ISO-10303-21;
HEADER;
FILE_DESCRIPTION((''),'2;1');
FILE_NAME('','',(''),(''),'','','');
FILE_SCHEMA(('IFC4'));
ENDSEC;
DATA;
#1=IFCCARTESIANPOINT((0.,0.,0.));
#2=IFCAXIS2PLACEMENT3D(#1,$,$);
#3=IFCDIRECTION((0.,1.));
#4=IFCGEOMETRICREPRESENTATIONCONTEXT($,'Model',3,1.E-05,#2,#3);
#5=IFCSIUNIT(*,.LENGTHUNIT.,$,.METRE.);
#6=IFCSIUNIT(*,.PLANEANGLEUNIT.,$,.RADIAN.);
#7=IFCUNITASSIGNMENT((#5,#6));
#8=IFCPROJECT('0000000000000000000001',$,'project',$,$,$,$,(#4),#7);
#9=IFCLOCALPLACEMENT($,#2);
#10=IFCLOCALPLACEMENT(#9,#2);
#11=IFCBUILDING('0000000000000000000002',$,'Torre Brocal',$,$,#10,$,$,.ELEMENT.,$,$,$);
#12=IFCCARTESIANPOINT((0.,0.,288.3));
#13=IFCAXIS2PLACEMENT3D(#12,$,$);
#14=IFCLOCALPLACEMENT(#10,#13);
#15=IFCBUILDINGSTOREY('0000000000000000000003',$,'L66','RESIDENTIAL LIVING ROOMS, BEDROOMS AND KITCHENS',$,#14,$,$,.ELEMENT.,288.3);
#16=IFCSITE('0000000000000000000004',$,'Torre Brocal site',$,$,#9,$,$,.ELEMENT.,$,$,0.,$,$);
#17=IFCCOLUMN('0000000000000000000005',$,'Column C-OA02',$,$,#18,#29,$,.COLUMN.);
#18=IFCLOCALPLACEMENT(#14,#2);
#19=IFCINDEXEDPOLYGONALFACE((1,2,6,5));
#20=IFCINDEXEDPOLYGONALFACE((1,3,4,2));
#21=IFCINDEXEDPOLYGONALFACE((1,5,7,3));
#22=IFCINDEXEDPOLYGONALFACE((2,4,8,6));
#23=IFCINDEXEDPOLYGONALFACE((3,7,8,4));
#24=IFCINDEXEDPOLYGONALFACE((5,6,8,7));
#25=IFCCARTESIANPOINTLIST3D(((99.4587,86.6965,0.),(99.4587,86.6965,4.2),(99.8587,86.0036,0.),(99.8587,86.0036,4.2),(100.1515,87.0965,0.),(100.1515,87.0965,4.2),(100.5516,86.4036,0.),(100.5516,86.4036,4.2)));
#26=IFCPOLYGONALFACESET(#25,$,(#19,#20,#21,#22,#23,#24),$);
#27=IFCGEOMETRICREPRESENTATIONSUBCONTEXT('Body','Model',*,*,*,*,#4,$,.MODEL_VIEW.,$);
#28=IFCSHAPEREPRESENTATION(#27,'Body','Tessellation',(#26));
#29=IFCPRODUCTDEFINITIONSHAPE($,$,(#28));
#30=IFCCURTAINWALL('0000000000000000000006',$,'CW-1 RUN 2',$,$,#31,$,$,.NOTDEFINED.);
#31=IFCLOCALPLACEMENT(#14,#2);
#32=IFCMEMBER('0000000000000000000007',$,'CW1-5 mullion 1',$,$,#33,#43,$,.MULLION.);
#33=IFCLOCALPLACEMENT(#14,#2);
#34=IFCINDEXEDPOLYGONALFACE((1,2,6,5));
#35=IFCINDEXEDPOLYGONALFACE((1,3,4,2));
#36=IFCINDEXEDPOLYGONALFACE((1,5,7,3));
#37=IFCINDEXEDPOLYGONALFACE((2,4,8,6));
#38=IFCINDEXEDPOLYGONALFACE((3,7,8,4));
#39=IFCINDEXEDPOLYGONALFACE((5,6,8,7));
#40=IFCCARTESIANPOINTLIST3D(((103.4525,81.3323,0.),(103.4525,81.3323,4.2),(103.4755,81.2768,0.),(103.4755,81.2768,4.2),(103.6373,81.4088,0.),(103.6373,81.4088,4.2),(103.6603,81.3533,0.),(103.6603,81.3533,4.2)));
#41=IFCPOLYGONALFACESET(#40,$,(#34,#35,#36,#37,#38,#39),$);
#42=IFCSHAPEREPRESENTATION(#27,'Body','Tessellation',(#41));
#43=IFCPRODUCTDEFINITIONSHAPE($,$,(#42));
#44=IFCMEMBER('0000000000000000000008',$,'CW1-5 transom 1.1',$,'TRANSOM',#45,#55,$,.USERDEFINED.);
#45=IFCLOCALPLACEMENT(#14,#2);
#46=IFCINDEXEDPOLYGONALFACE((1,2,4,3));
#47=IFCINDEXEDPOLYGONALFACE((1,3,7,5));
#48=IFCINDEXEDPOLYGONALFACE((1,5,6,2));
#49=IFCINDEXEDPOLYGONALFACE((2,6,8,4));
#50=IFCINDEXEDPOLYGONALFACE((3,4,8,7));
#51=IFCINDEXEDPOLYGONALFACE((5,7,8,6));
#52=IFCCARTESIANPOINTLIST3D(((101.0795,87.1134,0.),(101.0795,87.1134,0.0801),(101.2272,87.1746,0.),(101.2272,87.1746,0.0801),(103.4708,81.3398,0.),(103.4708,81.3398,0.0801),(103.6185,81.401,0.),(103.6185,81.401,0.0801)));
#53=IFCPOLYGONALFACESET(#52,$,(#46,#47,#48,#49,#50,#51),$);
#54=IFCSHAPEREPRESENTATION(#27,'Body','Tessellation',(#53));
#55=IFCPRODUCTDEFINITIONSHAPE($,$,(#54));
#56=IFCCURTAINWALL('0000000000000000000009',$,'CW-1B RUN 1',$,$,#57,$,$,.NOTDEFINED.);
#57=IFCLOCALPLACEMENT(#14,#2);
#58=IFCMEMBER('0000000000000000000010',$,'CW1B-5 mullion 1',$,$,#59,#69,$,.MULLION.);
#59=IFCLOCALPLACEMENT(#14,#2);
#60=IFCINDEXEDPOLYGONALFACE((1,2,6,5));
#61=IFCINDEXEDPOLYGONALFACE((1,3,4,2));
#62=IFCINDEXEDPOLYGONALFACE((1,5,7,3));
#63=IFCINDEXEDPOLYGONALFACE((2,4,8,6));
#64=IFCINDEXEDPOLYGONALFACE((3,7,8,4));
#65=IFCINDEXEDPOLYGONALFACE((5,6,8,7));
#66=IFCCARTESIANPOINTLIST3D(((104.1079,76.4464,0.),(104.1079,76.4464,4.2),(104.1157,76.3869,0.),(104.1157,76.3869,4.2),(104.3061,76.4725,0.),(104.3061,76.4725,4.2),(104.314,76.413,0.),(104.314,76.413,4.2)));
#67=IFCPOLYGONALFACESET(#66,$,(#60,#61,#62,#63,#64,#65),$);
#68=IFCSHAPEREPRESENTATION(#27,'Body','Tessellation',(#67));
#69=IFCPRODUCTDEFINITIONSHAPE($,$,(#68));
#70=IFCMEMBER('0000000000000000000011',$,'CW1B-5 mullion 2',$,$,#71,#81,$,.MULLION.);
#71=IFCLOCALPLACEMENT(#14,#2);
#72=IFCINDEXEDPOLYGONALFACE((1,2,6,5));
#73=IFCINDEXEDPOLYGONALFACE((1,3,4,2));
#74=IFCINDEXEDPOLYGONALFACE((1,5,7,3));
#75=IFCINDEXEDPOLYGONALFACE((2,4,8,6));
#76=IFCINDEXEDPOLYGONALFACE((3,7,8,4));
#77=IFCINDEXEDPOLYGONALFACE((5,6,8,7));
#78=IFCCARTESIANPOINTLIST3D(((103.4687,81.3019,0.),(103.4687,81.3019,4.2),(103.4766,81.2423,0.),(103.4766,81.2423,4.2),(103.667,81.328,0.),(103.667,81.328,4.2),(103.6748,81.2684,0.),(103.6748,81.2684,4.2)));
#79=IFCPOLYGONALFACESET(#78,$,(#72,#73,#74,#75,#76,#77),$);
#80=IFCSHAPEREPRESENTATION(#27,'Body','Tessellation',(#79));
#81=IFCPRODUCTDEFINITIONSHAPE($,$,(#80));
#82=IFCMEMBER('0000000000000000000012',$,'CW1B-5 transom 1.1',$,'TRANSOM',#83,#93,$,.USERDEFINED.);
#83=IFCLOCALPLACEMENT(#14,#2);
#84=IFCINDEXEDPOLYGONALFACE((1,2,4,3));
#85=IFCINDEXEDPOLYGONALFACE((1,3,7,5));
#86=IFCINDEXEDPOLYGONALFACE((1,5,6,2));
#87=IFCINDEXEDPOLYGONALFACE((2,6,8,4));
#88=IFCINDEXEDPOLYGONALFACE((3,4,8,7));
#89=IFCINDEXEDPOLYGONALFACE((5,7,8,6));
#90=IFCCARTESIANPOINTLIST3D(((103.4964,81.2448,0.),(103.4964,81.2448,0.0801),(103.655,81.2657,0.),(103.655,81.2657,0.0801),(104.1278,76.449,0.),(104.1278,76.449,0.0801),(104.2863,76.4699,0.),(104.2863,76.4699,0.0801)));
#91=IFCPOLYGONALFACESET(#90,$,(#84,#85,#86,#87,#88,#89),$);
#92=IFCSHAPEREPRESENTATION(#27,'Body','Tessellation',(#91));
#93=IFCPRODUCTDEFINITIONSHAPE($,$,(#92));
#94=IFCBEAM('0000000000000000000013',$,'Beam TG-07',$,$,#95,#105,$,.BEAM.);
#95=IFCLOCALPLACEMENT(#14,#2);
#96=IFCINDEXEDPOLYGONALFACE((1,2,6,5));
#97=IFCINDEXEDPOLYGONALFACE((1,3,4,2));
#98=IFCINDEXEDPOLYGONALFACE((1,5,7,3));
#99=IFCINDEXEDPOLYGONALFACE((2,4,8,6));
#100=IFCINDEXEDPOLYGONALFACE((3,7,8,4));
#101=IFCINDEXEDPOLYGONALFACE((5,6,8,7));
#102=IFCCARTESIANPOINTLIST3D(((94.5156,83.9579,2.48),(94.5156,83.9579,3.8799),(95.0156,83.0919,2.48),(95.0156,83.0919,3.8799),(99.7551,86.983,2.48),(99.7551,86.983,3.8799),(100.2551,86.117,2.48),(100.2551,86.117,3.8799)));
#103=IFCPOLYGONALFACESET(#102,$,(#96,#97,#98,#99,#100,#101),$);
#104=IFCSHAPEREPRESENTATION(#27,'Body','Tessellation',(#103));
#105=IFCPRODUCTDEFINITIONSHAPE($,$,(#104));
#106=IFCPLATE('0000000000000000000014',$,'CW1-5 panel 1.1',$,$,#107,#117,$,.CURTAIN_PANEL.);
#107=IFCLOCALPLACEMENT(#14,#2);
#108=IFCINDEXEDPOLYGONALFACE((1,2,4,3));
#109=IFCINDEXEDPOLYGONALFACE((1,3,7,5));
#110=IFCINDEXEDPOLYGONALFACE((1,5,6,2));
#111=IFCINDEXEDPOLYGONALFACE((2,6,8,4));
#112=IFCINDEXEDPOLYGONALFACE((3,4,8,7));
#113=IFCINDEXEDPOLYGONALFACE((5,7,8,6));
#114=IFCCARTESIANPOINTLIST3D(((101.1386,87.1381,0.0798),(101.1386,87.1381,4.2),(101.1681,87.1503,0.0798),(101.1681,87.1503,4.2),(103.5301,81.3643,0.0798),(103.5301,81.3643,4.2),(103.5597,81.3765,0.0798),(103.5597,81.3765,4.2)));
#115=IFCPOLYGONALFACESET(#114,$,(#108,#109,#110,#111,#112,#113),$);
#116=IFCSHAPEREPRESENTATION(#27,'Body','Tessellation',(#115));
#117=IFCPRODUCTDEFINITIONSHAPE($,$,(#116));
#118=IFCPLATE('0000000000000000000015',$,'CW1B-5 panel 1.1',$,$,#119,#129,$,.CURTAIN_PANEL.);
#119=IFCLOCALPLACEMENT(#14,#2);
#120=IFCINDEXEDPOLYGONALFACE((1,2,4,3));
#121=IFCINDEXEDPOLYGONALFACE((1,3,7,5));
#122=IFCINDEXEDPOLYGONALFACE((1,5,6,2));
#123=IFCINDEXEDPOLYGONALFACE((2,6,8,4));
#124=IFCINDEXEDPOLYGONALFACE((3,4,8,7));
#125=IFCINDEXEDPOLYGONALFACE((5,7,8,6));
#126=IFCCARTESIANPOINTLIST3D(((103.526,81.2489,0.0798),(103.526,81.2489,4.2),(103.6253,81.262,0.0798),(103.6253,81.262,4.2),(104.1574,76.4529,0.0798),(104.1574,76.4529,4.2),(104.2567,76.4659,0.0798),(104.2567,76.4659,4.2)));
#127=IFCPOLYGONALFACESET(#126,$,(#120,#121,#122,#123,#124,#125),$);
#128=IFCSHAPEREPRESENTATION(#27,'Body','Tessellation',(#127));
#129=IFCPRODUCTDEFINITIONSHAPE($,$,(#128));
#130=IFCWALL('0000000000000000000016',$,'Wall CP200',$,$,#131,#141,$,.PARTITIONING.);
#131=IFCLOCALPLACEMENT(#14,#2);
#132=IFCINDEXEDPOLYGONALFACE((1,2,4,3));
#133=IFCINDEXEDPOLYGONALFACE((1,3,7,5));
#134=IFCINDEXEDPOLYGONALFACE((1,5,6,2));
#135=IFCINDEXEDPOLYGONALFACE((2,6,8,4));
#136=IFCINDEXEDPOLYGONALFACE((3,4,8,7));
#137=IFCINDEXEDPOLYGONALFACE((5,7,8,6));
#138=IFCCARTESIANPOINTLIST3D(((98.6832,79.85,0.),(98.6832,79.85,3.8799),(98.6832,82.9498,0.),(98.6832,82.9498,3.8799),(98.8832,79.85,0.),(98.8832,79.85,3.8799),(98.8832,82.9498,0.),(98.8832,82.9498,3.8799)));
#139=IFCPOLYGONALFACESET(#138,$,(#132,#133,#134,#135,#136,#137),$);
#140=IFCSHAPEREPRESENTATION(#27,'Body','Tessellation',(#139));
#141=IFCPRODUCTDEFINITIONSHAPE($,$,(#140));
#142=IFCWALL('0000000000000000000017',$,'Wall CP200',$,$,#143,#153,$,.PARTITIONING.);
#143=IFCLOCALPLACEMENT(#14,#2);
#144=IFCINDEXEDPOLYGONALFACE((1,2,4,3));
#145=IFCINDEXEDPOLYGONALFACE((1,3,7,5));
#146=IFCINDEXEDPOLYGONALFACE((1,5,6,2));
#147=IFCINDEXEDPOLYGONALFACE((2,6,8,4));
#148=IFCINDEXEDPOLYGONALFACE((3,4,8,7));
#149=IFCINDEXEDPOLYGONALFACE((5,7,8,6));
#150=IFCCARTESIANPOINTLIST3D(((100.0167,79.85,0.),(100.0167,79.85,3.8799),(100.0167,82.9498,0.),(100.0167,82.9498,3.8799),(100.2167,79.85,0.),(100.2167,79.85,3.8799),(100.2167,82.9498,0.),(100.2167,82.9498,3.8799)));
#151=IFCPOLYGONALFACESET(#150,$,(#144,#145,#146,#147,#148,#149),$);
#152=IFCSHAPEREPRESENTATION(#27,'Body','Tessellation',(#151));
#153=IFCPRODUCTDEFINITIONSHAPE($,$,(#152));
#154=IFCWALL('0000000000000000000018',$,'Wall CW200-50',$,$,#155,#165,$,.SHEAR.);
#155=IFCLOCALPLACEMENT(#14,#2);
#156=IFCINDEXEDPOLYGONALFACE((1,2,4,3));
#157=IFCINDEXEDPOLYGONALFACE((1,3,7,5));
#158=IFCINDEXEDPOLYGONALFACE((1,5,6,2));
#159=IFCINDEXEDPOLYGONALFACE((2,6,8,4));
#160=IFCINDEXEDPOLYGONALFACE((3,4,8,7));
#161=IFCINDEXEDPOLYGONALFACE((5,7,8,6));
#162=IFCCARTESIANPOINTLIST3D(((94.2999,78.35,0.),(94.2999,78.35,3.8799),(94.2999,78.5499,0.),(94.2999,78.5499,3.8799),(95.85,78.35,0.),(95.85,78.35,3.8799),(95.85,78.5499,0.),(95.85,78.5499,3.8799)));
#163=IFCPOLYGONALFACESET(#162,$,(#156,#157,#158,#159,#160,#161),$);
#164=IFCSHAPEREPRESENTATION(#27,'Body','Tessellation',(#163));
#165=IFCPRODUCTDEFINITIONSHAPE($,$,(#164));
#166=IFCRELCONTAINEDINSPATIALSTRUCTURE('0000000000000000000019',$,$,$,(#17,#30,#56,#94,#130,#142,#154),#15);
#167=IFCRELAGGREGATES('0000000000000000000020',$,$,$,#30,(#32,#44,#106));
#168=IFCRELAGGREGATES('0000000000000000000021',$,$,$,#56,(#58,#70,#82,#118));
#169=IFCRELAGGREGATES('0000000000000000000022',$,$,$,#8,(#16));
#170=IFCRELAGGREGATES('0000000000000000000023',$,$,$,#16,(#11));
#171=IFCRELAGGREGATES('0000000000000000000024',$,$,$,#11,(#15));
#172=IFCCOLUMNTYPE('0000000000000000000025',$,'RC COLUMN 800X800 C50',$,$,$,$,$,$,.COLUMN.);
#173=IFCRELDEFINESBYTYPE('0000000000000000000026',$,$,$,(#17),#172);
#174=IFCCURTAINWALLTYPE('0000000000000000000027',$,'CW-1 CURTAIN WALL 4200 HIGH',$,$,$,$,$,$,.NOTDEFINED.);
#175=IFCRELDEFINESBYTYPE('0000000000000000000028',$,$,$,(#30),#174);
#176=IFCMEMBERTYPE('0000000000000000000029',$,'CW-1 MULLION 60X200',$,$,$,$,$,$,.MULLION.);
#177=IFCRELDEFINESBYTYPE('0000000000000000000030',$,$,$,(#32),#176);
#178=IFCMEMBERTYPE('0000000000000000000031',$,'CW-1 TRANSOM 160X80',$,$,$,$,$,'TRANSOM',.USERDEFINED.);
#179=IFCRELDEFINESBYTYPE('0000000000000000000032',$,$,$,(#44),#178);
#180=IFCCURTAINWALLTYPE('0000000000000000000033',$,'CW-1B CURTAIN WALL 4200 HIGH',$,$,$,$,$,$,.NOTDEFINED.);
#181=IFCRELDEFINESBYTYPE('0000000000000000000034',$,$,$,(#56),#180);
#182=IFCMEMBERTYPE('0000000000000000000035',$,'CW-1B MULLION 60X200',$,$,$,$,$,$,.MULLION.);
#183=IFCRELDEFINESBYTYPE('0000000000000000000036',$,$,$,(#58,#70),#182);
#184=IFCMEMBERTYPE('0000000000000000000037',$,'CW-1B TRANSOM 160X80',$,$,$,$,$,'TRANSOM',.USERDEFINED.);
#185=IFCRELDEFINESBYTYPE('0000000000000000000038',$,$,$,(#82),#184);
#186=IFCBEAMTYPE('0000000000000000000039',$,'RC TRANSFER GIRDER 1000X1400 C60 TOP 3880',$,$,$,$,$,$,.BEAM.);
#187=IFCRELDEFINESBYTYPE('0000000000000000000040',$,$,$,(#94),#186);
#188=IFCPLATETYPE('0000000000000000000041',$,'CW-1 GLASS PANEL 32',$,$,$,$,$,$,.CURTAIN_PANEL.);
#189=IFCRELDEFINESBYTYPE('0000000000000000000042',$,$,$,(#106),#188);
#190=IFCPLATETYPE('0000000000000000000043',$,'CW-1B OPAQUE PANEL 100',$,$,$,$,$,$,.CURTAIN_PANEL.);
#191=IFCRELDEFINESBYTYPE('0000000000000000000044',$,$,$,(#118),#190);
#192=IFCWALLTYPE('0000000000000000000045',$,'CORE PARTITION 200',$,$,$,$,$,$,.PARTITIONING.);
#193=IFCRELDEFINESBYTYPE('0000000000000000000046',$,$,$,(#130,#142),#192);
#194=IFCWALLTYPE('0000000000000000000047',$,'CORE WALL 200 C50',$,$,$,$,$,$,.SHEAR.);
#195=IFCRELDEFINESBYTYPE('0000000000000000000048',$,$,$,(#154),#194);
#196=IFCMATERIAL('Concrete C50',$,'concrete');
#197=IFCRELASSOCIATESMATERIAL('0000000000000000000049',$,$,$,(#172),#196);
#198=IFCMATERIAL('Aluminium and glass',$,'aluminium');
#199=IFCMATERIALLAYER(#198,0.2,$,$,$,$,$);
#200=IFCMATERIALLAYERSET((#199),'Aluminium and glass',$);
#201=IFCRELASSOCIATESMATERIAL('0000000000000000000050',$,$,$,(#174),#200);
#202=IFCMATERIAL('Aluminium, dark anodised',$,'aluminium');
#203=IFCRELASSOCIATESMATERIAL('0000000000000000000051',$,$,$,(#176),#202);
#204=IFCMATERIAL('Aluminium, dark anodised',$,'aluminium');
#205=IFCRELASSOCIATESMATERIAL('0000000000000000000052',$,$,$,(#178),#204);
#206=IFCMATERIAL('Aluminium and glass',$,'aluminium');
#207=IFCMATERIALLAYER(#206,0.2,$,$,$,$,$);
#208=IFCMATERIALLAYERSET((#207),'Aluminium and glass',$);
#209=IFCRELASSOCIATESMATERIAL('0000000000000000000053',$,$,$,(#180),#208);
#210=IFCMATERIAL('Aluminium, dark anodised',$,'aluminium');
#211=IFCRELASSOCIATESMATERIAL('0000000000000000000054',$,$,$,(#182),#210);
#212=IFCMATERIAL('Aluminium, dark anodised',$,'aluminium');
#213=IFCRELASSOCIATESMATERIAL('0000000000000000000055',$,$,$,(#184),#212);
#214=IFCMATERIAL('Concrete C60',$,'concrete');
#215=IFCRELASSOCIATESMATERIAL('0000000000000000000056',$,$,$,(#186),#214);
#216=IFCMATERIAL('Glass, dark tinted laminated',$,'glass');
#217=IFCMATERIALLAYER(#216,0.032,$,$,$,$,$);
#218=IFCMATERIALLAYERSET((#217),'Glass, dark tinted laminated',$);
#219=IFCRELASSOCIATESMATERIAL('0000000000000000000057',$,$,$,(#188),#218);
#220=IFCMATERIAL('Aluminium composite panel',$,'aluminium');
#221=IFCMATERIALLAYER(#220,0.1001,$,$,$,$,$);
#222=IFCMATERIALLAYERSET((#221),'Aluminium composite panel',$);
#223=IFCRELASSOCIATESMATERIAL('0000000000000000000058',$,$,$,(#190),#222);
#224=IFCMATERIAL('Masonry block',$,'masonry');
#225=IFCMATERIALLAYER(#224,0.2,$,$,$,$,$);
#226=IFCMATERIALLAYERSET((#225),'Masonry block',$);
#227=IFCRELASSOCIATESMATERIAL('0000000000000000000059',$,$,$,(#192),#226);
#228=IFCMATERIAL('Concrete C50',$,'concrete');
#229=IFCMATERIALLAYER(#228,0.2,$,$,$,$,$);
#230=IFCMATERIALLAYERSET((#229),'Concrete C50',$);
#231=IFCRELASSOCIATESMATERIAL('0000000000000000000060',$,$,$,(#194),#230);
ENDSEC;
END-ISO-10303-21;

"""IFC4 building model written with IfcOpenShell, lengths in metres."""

from ifc_helpers import new_model, si_unit, direction, frame, frame_2d, origin, origin_2d, place, context, subcontext, project, spatial, rectangle, extrude, material, layer, layer_set, material_profile, profile_set, type_object, element, aggregate, save


model = new_model("IFC4")

# Units and contexts
model_context = context("Model", 3, precision=1e-05, world=origin(), true_north=direction((0.0, 1.0)))
body_context = subcontext(model_context, "Body", "Model", "MODEL_VIEW")
ifc_project = project(units=[si_unit("LENGTHUNIT", "METRE"), si_unit("PLANEANGLEUNIT", "RADIAN")], contexts=[model_context])

# Site, building, storey
site_placement = place(None, origin())
site = spatial("IfcSite", under=ifc_project, at=site_placement, Name="Torre Brocal site", CompositionType="ELEMENT", RefElevation=0.0)
building_placement = place(site_placement, origin())
building = spatial("IfcBuilding", under=site, at=building_placement, Name="Torre Brocal", CompositionType="ELEMENT")
storey_placement = place(building_placement, frame((0.0, 0.0, 288.3)))
storey = spatial("IfcBuildingStorey", under=building, at=storey_placement, Name="L66", Description="RESIDENTIAL LIVING ROOMS, BEDROOMS AND KITCHENS", CompositionType="ELEMENT", Elevation=288.3)

# Column
ifc_material_1 = material(Name="Concrete C50", Category="concrete")
ifc_material_profile_1 = material_profile(ifc_material_1, rectangle(XDim=0.8, YDim=0.8, at=origin_2d()), Name="RC 800X800")
ifc_profile_set_1 = profile_set([ifc_material_profile_1], Name="Concrete C50")
column_type = type_object("IfcColumnType", Name="RC COLUMN 800X800 C50", PredefinedType="COLUMN", material=ifc_profile_set_1)
column_placement = place(storey_placement, frame((100.0051, 86.55, 0.0), z_axis=(0.0, 0.0, 1.0), x_axis=(0.866025, 0.5, 0.0)))
element("IfcColumn", 1, at=column_placement, inside=storey, type_object=column_type, Name="Column C-OA02", PredefinedType="COLUMN", context=body_context, shape_type="SweptSolid", body=[
    extrude(rectangle(XDim=0.8, YDim=0.8, at=origin_2d()), origin(), (0.0, 0.0, 1.0), 4.2),
])

# Curtain walls, members
ifc_material_2 = material(Name="Aluminium and glass", Category="aluminium")
ifc_layer_1 = layer(ifc_material_2, 0.2)
ifc_layer_set_1 = layer_set([ifc_layer_1], Name="Aluminium and glass")
curtain_wall_type_1 = type_object("IfcCurtainWallType", Name="CW-1 CURTAIN WALL 4200 HIGH", PredefinedType="NOTDEFINED", material=ifc_layer_set_1)
curtain_wall_1_placement = place(storey_placement, origin())
curtain_wall_1 = element("IfcCurtainWall", 2, at=curtain_wall_1_placement, inside=storey, type_object=curtain_wall_type_1, Name="CW-1 RUN 2", PredefinedType="NOTDEFINED")
ifc_material_3 = material(Name="Aluminium, dark anodised", Category="aluminium")
ifc_material_profile_2 = material_profile(ifc_material_3, rectangle(XDim=0.2, YDim=0.0601, at=origin_2d()), Name="CW-1 MULLION 60X200")
ifc_profile_set_2 = profile_set([ifc_material_profile_2], Name="Aluminium, dark anodised")
member_type_1 = type_object("IfcMemberType", Name="CW-1 MULLION 60X200", PredefinedType="MULLION", material=ifc_profile_set_2)
member_1_placement = place(storey_placement, frame((103.5564, 81.3428, 0.0), z_axis=(0.0, 0.0, 1.0), x_axis=(-0.92388, -0.382683, 0.0)))
member_1 = element("IfcMember", 3, at=member_1_placement, type_object=member_type_1, Name="CW1-5 mullion 1", PredefinedType="MULLION", context=body_context, shape_type="SweptSolid", body=[
    extrude(rectangle(XDim=0.2, YDim=0.0601, at=origin_2d()), origin(), (0.0, 0.0, 1.0), 4.2),
])
ifc_material_4 = material(Name="Aluminium, dark anodised", Category="aluminium")
ifc_material_profile_3 = material_profile(ifc_material_4, rectangle(XDim=0.1599, YDim=0.0801, at=origin_2d()), Name="CW-1 TRANSOM 160X80")
ifc_profile_set_3 = profile_set([ifc_material_profile_3], Name="Aluminium, dark anodised")
member_type_2 = type_object("IfcMemberType", Name="CW-1 TRANSOM 160X80", ElementType="TRANSOM", PredefinedType="USERDEFINED", material=ifc_profile_set_3)
member_2_placement = place(storey_placement, frame((103.5447, 81.3704, 0.04), z_axis=(-0.382659, 0.92389, 0.0), x_axis=(-0.92389, -0.382659, 0.0)))
member_2 = element("IfcMember", 4, at=member_2_placement, type_object=member_type_2, Name="CW1-5 transom 1.1", ObjectType="TRANSOM", PredefinedType="USERDEFINED", context=body_context, shape_type="SweptSolid", body=[
    extrude(rectangle(XDim=0.1599, YDim=0.0801, at=origin_2d()), origin(), (0.0, 0.0, 1.0), 6.2493),
])
ifc_material_5 = material(Name="Aluminium and glass", Category="aluminium")
ifc_layer_2 = layer(ifc_material_5, 0.2)
ifc_layer_set_2 = layer_set([ifc_layer_2], Name="Aluminium and glass")
curtain_wall_type_2 = type_object("IfcCurtainWallType", Name="CW-1B CURTAIN WALL 4200 HIGH", PredefinedType="NOTDEFINED", material=ifc_layer_set_2)
curtain_wall_2_placement = place(storey_placement, origin())
curtain_wall_2 = element("IfcCurtainWall", 5, at=curtain_wall_2_placement, inside=storey, type_object=curtain_wall_type_2, Name="CW-1B RUN 1", PredefinedType="NOTDEFINED")
ifc_material_6 = material(Name="Aluminium, dark anodised", Category="aluminium")
ifc_material_profile_4 = material_profile(ifc_material_6, rectangle(XDim=0.2, YDim=0.0601, at=origin_2d()), Name="CW-1B MULLION 60X200")
ifc_profile_set_4 = profile_set([ifc_material_profile_4], Name="Aluminium, dark anodised")
member_type_3 = type_object("IfcMemberType", Name="CW-1B MULLION 60X200", PredefinedType="MULLION", material=ifc_profile_set_4)
member_3_placement = place(storey_placement, frame((104.2109, 76.4297, 0.0), z_axis=(0.0, 0.0, 1.0), x_axis=(-0.991445, -0.130526, 0.0)))
member_3 = element("IfcMember", 6, at=member_3_placement, type_object=member_type_3, Name="CW1B-5 mullion 1", PredefinedType="MULLION", context=body_context, shape_type="SweptSolid", body=[
    extrude(rectangle(XDim=0.2, YDim=0.0601, at=origin_2d()), origin(), (0.0, 0.0, 1.0), 4.2),
])
member_4_placement = place(storey_placement, frame((103.5718, 81.2852, 0.0), z_axis=(0.0, 0.0, 1.0), x_axis=(-0.991445, -0.130526, 0.0)))
member_4 = element("IfcMember", 7, at=member_4_placement, type_object=member_type_3, Name="CW1B-5 mullion 2", PredefinedType="MULLION", context=body_context, shape_type="SweptSolid", body=[
    extrude(rectangle(XDim=0.2, YDim=0.0601, at=origin_2d()), origin(), (0.0, 0.0, 1.0), 4.2),
])
ifc_material_7 = material(Name="Aluminium, dark anodised", Category="aluminium")
ifc_material_profile_5 = material_profile(ifc_material_7, rectangle(XDim=0.1599, YDim=0.0801, at=origin_2d()), Name="CW-1B TRANSOM 160X80")
ifc_profile_set_5 = profile_set([ifc_material_profile_5], Name="Aluminium, dark anodised")
member_type_4 = type_object("IfcMemberType", Name="CW-1B TRANSOM 160X80", ElementType="TRANSOM", PredefinedType="USERDEFINED", material=ifc_profile_set_5)
member_5_placement = place(storey_placement, frame((104.207, 76.4595, 0.04), z_axis=(-0.130517, 0.991446, 0.0), x_axis=(-0.991446, -0.130517, 0.0)))
member_5 = element("IfcMember", 8, at=member_5_placement, type_object=member_type_4, Name="CW1B-5 transom 1.1", ObjectType="TRANSOM", PredefinedType="USERDEFINED", context=body_context, shape_type="SweptSolid", body=[
    extrude(rectangle(XDim=0.1599, YDim=0.0801, at=origin_2d()), origin(), (0.0, 0.0, 1.0), 4.8372),
])

# Beam
ifc_material_8 = material(Name="Concrete C60", Category="concrete")
ifc_material_profile_6 = material_profile(ifc_material_8, rectangle(XDim=1.0, YDim=1.3999, at=origin_2d()), Name="RC 1000X1400")
ifc_profile_set_6 = profile_set([ifc_material_profile_6], Name="Concrete C60")
beam_type = type_object("IfcBeamType", Name="RC TRANSFER GIRDER 1000X1400 C60 TOP 3880", PredefinedType="BEAM", material=ifc_profile_set_6)
beam_placement = place(storey_placement, frame((94.7656, 83.5249, 3.1799), z_axis=(0.866017, 0.500015, 0.0), x_axis=(-0.500015, 0.866017, 0.0)))
element("IfcBeam", 9, at=beam_placement, inside=storey, type_object=beam_type, Name="Beam TG-07", PredefinedType="BEAM", context=body_context, shape_type="SweptSolid", body=[
    extrude(rectangle(XDim=1.0, YDim=1.3999, at=origin_2d()), origin(), (0.0, 0.0, 1.0), 6.05),
])

# Plates
ifc_material_9 = material(Name="Glass, dark tinted laminated", Category="glass")
ifc_layer_3 = layer(ifc_material_9, 0.032)
ifc_layer_set_3 = layer_set([ifc_layer_3], Name="Glass, dark tinted laminated")
plate_type_1 = type_object("IfcPlateType", Name="CW-1 GLASS PANEL 32", PredefinedType="CURTAIN_PANEL", material=ifc_layer_set_3)
plate_1_placement = place(storey_placement, frame((102.3491, 84.2573, 0.0798), z_axis=(0.0, 0.0, 1.0), x_axis=(-0.382683, 0.92388, 0.0)))
plate_1 = element("IfcPlate", 10, at=plate_1_placement, type_object=plate_type_1, Name="CW1-5 panel 1.1", PredefinedType="CURTAIN_PANEL", context=body_context, shape_type="SweptSolid", body=[
    extrude(rectangle(XDim=6.2495, YDim=0.032, at=origin_2d()), origin(), (0.0, 0.0, 1.0), 4.1201),
])
aggregate(curtain_wall_1, [member_1, member_2, plate_1])
ifc_material_10 = material(Name="Aluminium composite panel", Category="aluminium")
ifc_layer_4 = layer(ifc_material_10, 0.1001)
ifc_layer_set_4 = layer_set([ifc_layer_4], Name="Aluminium composite panel")
plate_type_2 = type_object("IfcPlateType", Name="CW-1B OPAQUE PANEL 100", PredefinedType="CURTAIN_PANEL", material=ifc_layer_set_4)
plate_2_placement = place(storey_placement, frame((103.8914, 78.8574, 0.0798), z_axis=(0.0, 0.0, 1.0), x_axis=(-0.130526, 0.991445, 0.0)))
plate_2 = element("IfcPlate", 11, at=plate_2_placement, type_object=plate_type_2, Name="CW1B-5 panel 1.1", PredefinedType="CURTAIN_PANEL", context=body_context, shape_type="SweptSolid", body=[
    extrude(rectangle(XDim=4.8374, YDim=0.1001, at=origin_2d()), origin(), (0.0, 0.0, 1.0), 4.1201),
])
aggregate(curtain_wall_2, [member_3, member_4, member_5, plate_2])

# Walls
ifc_material_11 = material(Name="Masonry block", Category="masonry")
ifc_layer_5 = layer(ifc_material_11, 0.2)
ifc_layer_set_5 = layer_set([ifc_layer_5], Name="Masonry block")
wall_type_1 = type_object("IfcWallType", Name="CORE PARTITION 200", PredefinedType="PARTITIONING", material=ifc_layer_set_5)
for number, where, z_axis, x_axis, name in (
    (12, (98.7832, 79.8501, 0.0), (0.0, 0.0, 1.0), (0.0, 1.0, 0.0), "Wall CP200"),
    (13, (100.1167, 79.8501, 0.0), (0.0, 0.0, 1.0), (0.0, 1.0, 0.0), "Wall CP200"),
):
    element("IfcWall", number, at=place(storey_placement, frame(where, z_axis=z_axis, x_axis=x_axis)), inside=storey, type_object=wall_type_1, Name=name, PredefinedType="PARTITIONING", context=body_context, shape_type="SweptSolid", body=[
        extrude(rectangle(XDim=3.0999, YDim=0.2, at=frame_2d((1.5498, 0.0))), origin(), (0.0, 0.0, 1.0), 3.8799),
    ])
ifc_material_12 = material(Name="Concrete C50", Category="concrete")
ifc_layer_6 = layer(ifc_material_12, 0.2)
ifc_layer_set_6 = layer_set([ifc_layer_6], Name="Concrete C50")
wall_type_2 = type_object("IfcWallType", Name="CORE WALL 200 C50", PredefinedType="SHEAR", material=ifc_layer_set_6)
wall_1_placement = place(storey_placement, frame((94.3, 78.45, 0.0), z_axis=(0.0, 0.0, 1.0), x_axis=(1.0, 0.0, 0.0)))
element("IfcWall", 14, at=wall_1_placement, inside=storey, type_object=wall_type_2, Name="Wall CW200-50", PredefinedType="SHEAR", context=body_context, shape_type="SweptSolid", body=[
    extrude(rectangle(XDim=1.55, YDim=0.2, at=frame_2d((0.7749, 0.0))), origin(), (0.0, 0.0, 1.0), 3.8799),
])

save(model, "model.ifc")
